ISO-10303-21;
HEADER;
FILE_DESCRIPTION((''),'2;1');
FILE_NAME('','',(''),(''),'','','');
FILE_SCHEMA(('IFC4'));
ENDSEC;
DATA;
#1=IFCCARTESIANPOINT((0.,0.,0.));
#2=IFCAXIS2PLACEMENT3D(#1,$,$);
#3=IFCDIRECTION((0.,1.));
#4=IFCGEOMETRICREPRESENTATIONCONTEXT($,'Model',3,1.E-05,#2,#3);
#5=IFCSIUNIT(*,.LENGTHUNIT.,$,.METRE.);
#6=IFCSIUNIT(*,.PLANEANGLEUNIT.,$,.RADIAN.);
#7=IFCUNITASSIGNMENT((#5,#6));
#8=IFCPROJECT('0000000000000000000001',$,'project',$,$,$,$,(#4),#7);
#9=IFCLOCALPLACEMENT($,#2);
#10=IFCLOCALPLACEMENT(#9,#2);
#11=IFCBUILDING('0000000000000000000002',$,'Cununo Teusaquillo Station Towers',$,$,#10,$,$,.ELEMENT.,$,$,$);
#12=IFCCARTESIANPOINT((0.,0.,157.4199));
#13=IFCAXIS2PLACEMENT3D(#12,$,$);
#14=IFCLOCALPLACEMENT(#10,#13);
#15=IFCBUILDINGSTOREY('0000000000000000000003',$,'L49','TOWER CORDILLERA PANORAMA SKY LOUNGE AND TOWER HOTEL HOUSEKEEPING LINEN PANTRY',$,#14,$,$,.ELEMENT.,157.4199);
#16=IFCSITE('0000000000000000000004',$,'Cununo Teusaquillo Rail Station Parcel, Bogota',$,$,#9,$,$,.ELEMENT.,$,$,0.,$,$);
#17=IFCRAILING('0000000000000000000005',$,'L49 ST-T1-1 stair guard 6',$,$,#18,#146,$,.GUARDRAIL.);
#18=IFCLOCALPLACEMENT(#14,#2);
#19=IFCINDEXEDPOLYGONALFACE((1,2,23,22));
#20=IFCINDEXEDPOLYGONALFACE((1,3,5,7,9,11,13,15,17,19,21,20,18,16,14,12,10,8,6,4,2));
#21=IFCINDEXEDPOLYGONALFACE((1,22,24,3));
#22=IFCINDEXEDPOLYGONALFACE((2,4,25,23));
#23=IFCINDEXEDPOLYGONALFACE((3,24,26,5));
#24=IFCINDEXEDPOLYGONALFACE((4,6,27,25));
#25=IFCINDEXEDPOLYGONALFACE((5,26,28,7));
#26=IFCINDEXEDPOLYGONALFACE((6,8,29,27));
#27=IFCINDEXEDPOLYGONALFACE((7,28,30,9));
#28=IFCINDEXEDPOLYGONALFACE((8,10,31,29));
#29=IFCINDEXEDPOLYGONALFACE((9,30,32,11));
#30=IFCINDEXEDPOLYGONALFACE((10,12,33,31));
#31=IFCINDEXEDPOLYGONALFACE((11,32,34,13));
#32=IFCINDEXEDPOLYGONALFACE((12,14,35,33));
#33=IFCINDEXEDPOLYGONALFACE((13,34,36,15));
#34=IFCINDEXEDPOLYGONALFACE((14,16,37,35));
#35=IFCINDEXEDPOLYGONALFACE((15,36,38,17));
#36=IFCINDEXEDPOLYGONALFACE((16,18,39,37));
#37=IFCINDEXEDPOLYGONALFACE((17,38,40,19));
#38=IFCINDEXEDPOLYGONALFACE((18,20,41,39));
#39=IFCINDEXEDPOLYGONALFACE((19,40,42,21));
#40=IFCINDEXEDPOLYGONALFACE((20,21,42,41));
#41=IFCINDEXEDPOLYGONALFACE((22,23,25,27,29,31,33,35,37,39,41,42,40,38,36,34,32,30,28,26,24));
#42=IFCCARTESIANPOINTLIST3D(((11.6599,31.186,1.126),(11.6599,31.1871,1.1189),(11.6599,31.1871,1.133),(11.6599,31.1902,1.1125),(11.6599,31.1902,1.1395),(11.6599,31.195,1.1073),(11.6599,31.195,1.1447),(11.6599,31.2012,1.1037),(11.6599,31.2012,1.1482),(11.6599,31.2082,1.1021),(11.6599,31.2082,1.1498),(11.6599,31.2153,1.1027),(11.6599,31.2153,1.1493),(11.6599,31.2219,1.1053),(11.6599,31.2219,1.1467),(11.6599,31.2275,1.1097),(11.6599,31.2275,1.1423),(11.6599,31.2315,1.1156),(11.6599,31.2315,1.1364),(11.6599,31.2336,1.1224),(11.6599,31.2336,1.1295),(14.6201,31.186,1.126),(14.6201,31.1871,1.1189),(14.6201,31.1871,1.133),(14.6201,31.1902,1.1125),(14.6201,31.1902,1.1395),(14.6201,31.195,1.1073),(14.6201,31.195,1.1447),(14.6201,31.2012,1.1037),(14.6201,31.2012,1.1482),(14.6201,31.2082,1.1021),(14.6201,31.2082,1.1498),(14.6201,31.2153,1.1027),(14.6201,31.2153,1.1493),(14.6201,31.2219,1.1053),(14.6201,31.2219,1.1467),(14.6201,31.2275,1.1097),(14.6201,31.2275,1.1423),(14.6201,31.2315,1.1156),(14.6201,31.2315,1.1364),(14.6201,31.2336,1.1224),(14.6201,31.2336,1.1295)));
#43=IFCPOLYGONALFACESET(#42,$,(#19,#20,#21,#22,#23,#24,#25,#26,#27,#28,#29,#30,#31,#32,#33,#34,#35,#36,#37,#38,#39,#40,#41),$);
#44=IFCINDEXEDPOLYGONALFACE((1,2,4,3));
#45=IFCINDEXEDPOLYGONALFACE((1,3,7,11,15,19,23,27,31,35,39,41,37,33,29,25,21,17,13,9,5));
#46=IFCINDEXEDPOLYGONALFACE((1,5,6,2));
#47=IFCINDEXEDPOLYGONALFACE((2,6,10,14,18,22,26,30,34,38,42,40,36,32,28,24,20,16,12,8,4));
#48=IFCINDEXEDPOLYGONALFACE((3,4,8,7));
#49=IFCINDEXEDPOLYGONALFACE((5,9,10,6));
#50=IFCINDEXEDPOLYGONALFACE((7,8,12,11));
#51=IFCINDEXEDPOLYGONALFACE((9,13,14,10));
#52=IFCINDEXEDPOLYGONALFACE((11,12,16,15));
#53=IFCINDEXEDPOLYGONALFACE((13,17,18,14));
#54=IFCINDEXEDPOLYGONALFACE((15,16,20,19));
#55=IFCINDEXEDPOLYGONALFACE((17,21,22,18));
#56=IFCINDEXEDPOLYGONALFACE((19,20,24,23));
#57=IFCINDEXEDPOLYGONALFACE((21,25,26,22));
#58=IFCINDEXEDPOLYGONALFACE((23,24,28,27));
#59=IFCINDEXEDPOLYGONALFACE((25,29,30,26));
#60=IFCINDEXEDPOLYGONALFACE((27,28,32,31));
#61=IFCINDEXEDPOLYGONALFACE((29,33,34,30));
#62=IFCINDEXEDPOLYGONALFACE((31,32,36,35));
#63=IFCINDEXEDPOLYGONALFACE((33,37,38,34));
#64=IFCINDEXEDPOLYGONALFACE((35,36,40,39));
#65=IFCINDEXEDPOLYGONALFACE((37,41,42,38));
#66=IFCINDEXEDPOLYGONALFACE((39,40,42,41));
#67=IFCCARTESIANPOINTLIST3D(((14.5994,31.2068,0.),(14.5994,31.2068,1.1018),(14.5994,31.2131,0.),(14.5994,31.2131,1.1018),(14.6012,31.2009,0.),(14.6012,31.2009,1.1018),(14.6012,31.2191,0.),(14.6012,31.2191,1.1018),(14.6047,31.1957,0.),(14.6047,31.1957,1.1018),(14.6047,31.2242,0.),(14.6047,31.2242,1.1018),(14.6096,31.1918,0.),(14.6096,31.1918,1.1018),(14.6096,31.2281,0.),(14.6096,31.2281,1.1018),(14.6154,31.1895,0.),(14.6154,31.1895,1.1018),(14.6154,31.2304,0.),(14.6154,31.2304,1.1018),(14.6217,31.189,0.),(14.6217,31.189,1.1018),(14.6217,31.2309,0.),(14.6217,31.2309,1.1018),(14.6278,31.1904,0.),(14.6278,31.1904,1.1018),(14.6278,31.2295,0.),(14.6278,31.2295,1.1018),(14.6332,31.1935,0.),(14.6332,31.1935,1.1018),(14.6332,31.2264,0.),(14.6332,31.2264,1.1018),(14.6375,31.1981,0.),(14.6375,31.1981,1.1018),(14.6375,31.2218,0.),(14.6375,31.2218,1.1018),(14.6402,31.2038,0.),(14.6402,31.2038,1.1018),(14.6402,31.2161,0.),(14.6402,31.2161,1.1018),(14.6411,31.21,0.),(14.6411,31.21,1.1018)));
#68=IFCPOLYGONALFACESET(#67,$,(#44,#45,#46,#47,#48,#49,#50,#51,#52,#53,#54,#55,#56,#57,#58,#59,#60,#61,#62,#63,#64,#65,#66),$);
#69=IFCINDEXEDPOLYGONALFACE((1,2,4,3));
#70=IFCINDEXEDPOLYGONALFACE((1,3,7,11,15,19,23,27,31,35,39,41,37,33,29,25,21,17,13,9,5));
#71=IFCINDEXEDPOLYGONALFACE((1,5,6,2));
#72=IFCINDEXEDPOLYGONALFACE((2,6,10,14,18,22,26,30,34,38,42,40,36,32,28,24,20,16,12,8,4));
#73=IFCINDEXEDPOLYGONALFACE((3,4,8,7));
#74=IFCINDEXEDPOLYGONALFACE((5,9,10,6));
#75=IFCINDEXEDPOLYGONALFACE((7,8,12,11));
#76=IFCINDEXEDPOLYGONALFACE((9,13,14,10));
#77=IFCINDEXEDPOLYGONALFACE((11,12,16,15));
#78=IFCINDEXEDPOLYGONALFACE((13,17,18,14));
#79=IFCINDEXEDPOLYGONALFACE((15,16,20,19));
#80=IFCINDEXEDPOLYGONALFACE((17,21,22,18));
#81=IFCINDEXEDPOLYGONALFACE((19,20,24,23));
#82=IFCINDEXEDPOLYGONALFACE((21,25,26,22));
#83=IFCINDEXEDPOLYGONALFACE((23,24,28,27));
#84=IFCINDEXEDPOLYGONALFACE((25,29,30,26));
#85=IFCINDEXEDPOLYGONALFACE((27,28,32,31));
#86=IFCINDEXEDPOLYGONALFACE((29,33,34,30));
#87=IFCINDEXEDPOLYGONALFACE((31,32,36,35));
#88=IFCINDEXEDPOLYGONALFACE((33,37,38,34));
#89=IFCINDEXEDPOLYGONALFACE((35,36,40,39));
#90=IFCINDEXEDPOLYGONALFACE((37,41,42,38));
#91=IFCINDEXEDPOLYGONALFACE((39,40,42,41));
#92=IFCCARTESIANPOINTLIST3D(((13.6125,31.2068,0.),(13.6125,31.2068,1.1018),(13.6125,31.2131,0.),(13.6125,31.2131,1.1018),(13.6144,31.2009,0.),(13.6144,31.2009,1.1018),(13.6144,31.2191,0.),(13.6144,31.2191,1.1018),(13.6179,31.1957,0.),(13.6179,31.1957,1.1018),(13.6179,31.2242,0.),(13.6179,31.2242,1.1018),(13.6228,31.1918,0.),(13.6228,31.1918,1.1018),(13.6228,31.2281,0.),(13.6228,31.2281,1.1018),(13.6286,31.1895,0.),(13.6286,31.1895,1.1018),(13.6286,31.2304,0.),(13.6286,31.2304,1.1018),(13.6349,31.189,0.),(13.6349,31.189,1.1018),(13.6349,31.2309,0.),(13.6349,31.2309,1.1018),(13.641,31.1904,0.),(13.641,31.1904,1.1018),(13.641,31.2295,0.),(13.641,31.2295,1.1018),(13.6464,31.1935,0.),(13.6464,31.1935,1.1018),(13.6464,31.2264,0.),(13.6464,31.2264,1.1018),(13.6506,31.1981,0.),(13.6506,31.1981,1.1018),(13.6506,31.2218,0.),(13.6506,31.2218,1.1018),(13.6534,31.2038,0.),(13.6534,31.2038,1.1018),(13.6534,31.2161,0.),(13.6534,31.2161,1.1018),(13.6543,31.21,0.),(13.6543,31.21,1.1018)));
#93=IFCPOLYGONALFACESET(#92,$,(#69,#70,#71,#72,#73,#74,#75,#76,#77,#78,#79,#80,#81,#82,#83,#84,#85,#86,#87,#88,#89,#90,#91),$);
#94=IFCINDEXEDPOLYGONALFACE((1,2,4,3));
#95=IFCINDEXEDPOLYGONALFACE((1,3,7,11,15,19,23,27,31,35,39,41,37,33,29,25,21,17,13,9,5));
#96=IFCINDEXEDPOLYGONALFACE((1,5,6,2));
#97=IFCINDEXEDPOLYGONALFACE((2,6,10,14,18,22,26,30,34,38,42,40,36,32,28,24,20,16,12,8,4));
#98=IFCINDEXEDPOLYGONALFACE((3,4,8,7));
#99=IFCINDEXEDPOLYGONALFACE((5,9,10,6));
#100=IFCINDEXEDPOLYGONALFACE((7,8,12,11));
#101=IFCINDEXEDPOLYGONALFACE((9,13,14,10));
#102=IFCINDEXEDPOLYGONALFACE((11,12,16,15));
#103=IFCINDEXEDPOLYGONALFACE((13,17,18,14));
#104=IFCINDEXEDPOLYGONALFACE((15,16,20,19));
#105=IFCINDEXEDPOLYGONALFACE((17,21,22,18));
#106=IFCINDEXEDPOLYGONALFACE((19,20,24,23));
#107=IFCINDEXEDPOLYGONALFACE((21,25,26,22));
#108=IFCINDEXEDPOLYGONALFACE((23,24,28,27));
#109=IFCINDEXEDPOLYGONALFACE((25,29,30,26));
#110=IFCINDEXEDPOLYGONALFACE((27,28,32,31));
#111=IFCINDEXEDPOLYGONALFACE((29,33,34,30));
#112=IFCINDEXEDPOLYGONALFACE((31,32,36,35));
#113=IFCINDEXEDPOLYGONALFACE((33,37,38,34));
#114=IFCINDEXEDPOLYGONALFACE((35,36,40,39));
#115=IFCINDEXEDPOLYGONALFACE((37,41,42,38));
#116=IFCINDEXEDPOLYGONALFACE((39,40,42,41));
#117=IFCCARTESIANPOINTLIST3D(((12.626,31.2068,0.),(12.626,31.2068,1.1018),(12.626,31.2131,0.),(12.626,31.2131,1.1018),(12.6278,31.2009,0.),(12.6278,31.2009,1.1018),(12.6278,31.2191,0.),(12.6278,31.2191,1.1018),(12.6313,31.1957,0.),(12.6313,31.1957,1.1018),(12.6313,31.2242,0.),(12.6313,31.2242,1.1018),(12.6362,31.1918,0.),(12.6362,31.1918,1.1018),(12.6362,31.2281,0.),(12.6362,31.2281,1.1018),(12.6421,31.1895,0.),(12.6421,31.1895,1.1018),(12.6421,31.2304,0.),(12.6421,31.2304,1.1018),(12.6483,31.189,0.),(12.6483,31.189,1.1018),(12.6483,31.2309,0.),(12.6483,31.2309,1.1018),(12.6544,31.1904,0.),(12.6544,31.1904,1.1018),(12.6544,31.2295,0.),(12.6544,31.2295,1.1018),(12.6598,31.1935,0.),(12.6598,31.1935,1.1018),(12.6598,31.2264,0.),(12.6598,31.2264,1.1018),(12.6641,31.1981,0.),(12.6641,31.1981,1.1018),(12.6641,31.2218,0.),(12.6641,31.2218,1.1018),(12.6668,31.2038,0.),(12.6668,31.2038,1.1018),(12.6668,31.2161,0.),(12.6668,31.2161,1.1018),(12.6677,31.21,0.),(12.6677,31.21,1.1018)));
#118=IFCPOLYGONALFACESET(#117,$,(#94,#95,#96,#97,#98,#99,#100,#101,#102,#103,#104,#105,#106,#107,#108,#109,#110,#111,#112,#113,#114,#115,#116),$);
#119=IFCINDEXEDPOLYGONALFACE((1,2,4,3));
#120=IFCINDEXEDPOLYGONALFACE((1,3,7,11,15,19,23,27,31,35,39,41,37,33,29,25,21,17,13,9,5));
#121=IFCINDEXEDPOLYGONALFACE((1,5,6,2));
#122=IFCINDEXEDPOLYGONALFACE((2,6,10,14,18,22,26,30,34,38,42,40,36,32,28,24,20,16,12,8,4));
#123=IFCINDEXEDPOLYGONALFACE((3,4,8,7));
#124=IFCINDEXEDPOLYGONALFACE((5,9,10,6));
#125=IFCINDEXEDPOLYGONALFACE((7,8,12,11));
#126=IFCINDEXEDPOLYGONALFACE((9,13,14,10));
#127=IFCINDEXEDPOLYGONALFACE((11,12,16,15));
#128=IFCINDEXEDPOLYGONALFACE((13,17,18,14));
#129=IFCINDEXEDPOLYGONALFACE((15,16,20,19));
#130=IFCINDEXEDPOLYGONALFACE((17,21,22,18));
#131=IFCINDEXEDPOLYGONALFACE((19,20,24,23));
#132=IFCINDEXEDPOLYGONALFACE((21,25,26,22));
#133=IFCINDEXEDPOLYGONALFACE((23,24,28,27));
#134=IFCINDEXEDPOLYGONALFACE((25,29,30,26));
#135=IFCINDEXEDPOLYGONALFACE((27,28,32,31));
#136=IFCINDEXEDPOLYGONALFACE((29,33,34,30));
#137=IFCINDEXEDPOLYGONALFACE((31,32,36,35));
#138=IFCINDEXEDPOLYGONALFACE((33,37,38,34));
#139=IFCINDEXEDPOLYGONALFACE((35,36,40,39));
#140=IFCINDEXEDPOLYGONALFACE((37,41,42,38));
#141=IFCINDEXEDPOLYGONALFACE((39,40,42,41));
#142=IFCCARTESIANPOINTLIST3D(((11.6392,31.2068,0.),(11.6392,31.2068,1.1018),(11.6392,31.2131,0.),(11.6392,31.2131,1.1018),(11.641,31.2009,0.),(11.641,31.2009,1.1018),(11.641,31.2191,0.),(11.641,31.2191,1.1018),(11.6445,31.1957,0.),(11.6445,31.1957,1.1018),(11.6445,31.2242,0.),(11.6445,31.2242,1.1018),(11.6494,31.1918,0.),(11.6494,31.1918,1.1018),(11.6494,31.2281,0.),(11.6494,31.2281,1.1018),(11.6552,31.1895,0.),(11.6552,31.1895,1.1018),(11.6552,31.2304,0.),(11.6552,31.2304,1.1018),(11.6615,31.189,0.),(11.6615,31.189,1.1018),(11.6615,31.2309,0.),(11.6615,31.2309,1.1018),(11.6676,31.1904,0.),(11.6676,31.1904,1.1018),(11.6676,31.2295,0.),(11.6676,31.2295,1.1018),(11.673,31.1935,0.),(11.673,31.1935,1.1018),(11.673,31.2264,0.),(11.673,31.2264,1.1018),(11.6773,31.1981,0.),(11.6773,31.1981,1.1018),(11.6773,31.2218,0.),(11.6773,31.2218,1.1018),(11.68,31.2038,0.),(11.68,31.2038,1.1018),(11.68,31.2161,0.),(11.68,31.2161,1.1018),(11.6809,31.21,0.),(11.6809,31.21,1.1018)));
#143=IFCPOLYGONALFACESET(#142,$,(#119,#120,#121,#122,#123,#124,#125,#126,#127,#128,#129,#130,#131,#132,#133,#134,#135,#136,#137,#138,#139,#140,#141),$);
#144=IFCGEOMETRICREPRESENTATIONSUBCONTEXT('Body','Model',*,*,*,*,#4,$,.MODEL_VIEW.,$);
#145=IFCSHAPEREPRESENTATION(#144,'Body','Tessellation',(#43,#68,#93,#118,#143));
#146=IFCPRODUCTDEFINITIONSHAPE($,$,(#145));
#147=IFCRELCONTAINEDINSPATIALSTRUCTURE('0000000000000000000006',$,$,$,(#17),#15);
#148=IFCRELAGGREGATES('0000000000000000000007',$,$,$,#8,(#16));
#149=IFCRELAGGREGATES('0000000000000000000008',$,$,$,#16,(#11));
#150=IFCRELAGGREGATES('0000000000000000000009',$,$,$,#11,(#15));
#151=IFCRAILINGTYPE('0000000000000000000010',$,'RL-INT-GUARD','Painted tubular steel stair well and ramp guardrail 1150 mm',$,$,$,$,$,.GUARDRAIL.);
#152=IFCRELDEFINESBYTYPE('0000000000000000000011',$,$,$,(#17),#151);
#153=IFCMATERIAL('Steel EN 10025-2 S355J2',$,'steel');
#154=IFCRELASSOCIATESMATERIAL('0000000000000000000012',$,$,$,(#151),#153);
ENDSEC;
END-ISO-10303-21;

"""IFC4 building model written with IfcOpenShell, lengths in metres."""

from ifc_helpers import new_model, si_unit, direction, frame, origin, origin_2d, place, context, subcontext, project, spatial, circle, extrude, material, type_object, element, save


model = new_model("IFC4")

# Units and contexts
model_context = context("Model", 3, precision=1e-05, world=origin(), true_north=direction((0.0, 1.0)))
body_context = subcontext(model_context, "Body", "Model", "MODEL_VIEW")
ifc_project = project(units=[si_unit("LENGTHUNIT", "METRE"), si_unit("PLANEANGLEUNIT", "RADIAN")], contexts=[model_context])

# Site, building, storey
site_placement = place(None, origin())
site = spatial("IfcSite", under=ifc_project, at=site_placement, Name="Cununo Teusaquillo Rail Station Parcel, Bogota", CompositionType="ELEMENT", RefElevation=0.0)
building_placement = place(site_placement, origin())
building = spatial("IfcBuilding", under=site, at=building_placement, Name="Cununo Teusaquillo Station Towers", CompositionType="ELEMENT")
storey_placement = place(building_placement, frame((0.0, 0.0, 157.4199)))
storey = spatial("IfcBuildingStorey", under=building, at=storey_placement, Name="L49", Description="TOWER CORDILLERA PANORAMA SKY LOUNGE AND TOWER HOTEL HOUSEKEEPING LINEN PANTRY", CompositionType="ELEMENT", Elevation=157.4199)

# Railing
ifc_material_1 = material(Name="Steel EN 10025-2 S355J2", Category="steel")
railing_type_1 = type_object("IfcRailingType", Name="RL-INT-GUARD", Description="Painted tubular steel stair well and ramp guardrail 1150 mm", PredefinedType="GUARDRAIL", material=ifc_material_1)
railing_1_placement = place(storey_placement, frame((14.6201, 31.21, 0.0)))
element("IfcRailing", 1, at=railing_1_placement, inside=storey, type_object=railing_type_1, Name="L49 ST-T1-1 stair guard 6", PredefinedType="GUARDRAIL", context=body_context, shape_type="SweptSolid", body=[
    extrude(circle(Radius=0.0239, at=origin_2d()), frame((0.0, 0.0, 1.126), z_axis=(-1.0, 0.0, 0.0), x_axis=(0.0, -1.0, 0.0)), (0.0, 0.0, 1.0), 2.9602),
    extrude(circle(Radius=0.021, at=origin_2d()), origin(), (0.0, 0.0, 1.0), 1.1018),
    extrude(circle(Radius=0.021, at=origin_2d()), frame((-0.9868, 0.0, 0.0)), (0.0, 0.0, 1.0), 1.1018),
    extrude(circle(Radius=0.021, at=origin_2d()), frame((-1.9734, 0.0, 0.0)), (0.0, 0.0, 1.0), 1.1018),
    extrude(circle(Radius=0.021, at=origin_2d()), frame((-2.9602, 0.0, 0.0)), (0.0, 0.0, 1.0), 1.1018),
])

save(model, "model.ifc")
